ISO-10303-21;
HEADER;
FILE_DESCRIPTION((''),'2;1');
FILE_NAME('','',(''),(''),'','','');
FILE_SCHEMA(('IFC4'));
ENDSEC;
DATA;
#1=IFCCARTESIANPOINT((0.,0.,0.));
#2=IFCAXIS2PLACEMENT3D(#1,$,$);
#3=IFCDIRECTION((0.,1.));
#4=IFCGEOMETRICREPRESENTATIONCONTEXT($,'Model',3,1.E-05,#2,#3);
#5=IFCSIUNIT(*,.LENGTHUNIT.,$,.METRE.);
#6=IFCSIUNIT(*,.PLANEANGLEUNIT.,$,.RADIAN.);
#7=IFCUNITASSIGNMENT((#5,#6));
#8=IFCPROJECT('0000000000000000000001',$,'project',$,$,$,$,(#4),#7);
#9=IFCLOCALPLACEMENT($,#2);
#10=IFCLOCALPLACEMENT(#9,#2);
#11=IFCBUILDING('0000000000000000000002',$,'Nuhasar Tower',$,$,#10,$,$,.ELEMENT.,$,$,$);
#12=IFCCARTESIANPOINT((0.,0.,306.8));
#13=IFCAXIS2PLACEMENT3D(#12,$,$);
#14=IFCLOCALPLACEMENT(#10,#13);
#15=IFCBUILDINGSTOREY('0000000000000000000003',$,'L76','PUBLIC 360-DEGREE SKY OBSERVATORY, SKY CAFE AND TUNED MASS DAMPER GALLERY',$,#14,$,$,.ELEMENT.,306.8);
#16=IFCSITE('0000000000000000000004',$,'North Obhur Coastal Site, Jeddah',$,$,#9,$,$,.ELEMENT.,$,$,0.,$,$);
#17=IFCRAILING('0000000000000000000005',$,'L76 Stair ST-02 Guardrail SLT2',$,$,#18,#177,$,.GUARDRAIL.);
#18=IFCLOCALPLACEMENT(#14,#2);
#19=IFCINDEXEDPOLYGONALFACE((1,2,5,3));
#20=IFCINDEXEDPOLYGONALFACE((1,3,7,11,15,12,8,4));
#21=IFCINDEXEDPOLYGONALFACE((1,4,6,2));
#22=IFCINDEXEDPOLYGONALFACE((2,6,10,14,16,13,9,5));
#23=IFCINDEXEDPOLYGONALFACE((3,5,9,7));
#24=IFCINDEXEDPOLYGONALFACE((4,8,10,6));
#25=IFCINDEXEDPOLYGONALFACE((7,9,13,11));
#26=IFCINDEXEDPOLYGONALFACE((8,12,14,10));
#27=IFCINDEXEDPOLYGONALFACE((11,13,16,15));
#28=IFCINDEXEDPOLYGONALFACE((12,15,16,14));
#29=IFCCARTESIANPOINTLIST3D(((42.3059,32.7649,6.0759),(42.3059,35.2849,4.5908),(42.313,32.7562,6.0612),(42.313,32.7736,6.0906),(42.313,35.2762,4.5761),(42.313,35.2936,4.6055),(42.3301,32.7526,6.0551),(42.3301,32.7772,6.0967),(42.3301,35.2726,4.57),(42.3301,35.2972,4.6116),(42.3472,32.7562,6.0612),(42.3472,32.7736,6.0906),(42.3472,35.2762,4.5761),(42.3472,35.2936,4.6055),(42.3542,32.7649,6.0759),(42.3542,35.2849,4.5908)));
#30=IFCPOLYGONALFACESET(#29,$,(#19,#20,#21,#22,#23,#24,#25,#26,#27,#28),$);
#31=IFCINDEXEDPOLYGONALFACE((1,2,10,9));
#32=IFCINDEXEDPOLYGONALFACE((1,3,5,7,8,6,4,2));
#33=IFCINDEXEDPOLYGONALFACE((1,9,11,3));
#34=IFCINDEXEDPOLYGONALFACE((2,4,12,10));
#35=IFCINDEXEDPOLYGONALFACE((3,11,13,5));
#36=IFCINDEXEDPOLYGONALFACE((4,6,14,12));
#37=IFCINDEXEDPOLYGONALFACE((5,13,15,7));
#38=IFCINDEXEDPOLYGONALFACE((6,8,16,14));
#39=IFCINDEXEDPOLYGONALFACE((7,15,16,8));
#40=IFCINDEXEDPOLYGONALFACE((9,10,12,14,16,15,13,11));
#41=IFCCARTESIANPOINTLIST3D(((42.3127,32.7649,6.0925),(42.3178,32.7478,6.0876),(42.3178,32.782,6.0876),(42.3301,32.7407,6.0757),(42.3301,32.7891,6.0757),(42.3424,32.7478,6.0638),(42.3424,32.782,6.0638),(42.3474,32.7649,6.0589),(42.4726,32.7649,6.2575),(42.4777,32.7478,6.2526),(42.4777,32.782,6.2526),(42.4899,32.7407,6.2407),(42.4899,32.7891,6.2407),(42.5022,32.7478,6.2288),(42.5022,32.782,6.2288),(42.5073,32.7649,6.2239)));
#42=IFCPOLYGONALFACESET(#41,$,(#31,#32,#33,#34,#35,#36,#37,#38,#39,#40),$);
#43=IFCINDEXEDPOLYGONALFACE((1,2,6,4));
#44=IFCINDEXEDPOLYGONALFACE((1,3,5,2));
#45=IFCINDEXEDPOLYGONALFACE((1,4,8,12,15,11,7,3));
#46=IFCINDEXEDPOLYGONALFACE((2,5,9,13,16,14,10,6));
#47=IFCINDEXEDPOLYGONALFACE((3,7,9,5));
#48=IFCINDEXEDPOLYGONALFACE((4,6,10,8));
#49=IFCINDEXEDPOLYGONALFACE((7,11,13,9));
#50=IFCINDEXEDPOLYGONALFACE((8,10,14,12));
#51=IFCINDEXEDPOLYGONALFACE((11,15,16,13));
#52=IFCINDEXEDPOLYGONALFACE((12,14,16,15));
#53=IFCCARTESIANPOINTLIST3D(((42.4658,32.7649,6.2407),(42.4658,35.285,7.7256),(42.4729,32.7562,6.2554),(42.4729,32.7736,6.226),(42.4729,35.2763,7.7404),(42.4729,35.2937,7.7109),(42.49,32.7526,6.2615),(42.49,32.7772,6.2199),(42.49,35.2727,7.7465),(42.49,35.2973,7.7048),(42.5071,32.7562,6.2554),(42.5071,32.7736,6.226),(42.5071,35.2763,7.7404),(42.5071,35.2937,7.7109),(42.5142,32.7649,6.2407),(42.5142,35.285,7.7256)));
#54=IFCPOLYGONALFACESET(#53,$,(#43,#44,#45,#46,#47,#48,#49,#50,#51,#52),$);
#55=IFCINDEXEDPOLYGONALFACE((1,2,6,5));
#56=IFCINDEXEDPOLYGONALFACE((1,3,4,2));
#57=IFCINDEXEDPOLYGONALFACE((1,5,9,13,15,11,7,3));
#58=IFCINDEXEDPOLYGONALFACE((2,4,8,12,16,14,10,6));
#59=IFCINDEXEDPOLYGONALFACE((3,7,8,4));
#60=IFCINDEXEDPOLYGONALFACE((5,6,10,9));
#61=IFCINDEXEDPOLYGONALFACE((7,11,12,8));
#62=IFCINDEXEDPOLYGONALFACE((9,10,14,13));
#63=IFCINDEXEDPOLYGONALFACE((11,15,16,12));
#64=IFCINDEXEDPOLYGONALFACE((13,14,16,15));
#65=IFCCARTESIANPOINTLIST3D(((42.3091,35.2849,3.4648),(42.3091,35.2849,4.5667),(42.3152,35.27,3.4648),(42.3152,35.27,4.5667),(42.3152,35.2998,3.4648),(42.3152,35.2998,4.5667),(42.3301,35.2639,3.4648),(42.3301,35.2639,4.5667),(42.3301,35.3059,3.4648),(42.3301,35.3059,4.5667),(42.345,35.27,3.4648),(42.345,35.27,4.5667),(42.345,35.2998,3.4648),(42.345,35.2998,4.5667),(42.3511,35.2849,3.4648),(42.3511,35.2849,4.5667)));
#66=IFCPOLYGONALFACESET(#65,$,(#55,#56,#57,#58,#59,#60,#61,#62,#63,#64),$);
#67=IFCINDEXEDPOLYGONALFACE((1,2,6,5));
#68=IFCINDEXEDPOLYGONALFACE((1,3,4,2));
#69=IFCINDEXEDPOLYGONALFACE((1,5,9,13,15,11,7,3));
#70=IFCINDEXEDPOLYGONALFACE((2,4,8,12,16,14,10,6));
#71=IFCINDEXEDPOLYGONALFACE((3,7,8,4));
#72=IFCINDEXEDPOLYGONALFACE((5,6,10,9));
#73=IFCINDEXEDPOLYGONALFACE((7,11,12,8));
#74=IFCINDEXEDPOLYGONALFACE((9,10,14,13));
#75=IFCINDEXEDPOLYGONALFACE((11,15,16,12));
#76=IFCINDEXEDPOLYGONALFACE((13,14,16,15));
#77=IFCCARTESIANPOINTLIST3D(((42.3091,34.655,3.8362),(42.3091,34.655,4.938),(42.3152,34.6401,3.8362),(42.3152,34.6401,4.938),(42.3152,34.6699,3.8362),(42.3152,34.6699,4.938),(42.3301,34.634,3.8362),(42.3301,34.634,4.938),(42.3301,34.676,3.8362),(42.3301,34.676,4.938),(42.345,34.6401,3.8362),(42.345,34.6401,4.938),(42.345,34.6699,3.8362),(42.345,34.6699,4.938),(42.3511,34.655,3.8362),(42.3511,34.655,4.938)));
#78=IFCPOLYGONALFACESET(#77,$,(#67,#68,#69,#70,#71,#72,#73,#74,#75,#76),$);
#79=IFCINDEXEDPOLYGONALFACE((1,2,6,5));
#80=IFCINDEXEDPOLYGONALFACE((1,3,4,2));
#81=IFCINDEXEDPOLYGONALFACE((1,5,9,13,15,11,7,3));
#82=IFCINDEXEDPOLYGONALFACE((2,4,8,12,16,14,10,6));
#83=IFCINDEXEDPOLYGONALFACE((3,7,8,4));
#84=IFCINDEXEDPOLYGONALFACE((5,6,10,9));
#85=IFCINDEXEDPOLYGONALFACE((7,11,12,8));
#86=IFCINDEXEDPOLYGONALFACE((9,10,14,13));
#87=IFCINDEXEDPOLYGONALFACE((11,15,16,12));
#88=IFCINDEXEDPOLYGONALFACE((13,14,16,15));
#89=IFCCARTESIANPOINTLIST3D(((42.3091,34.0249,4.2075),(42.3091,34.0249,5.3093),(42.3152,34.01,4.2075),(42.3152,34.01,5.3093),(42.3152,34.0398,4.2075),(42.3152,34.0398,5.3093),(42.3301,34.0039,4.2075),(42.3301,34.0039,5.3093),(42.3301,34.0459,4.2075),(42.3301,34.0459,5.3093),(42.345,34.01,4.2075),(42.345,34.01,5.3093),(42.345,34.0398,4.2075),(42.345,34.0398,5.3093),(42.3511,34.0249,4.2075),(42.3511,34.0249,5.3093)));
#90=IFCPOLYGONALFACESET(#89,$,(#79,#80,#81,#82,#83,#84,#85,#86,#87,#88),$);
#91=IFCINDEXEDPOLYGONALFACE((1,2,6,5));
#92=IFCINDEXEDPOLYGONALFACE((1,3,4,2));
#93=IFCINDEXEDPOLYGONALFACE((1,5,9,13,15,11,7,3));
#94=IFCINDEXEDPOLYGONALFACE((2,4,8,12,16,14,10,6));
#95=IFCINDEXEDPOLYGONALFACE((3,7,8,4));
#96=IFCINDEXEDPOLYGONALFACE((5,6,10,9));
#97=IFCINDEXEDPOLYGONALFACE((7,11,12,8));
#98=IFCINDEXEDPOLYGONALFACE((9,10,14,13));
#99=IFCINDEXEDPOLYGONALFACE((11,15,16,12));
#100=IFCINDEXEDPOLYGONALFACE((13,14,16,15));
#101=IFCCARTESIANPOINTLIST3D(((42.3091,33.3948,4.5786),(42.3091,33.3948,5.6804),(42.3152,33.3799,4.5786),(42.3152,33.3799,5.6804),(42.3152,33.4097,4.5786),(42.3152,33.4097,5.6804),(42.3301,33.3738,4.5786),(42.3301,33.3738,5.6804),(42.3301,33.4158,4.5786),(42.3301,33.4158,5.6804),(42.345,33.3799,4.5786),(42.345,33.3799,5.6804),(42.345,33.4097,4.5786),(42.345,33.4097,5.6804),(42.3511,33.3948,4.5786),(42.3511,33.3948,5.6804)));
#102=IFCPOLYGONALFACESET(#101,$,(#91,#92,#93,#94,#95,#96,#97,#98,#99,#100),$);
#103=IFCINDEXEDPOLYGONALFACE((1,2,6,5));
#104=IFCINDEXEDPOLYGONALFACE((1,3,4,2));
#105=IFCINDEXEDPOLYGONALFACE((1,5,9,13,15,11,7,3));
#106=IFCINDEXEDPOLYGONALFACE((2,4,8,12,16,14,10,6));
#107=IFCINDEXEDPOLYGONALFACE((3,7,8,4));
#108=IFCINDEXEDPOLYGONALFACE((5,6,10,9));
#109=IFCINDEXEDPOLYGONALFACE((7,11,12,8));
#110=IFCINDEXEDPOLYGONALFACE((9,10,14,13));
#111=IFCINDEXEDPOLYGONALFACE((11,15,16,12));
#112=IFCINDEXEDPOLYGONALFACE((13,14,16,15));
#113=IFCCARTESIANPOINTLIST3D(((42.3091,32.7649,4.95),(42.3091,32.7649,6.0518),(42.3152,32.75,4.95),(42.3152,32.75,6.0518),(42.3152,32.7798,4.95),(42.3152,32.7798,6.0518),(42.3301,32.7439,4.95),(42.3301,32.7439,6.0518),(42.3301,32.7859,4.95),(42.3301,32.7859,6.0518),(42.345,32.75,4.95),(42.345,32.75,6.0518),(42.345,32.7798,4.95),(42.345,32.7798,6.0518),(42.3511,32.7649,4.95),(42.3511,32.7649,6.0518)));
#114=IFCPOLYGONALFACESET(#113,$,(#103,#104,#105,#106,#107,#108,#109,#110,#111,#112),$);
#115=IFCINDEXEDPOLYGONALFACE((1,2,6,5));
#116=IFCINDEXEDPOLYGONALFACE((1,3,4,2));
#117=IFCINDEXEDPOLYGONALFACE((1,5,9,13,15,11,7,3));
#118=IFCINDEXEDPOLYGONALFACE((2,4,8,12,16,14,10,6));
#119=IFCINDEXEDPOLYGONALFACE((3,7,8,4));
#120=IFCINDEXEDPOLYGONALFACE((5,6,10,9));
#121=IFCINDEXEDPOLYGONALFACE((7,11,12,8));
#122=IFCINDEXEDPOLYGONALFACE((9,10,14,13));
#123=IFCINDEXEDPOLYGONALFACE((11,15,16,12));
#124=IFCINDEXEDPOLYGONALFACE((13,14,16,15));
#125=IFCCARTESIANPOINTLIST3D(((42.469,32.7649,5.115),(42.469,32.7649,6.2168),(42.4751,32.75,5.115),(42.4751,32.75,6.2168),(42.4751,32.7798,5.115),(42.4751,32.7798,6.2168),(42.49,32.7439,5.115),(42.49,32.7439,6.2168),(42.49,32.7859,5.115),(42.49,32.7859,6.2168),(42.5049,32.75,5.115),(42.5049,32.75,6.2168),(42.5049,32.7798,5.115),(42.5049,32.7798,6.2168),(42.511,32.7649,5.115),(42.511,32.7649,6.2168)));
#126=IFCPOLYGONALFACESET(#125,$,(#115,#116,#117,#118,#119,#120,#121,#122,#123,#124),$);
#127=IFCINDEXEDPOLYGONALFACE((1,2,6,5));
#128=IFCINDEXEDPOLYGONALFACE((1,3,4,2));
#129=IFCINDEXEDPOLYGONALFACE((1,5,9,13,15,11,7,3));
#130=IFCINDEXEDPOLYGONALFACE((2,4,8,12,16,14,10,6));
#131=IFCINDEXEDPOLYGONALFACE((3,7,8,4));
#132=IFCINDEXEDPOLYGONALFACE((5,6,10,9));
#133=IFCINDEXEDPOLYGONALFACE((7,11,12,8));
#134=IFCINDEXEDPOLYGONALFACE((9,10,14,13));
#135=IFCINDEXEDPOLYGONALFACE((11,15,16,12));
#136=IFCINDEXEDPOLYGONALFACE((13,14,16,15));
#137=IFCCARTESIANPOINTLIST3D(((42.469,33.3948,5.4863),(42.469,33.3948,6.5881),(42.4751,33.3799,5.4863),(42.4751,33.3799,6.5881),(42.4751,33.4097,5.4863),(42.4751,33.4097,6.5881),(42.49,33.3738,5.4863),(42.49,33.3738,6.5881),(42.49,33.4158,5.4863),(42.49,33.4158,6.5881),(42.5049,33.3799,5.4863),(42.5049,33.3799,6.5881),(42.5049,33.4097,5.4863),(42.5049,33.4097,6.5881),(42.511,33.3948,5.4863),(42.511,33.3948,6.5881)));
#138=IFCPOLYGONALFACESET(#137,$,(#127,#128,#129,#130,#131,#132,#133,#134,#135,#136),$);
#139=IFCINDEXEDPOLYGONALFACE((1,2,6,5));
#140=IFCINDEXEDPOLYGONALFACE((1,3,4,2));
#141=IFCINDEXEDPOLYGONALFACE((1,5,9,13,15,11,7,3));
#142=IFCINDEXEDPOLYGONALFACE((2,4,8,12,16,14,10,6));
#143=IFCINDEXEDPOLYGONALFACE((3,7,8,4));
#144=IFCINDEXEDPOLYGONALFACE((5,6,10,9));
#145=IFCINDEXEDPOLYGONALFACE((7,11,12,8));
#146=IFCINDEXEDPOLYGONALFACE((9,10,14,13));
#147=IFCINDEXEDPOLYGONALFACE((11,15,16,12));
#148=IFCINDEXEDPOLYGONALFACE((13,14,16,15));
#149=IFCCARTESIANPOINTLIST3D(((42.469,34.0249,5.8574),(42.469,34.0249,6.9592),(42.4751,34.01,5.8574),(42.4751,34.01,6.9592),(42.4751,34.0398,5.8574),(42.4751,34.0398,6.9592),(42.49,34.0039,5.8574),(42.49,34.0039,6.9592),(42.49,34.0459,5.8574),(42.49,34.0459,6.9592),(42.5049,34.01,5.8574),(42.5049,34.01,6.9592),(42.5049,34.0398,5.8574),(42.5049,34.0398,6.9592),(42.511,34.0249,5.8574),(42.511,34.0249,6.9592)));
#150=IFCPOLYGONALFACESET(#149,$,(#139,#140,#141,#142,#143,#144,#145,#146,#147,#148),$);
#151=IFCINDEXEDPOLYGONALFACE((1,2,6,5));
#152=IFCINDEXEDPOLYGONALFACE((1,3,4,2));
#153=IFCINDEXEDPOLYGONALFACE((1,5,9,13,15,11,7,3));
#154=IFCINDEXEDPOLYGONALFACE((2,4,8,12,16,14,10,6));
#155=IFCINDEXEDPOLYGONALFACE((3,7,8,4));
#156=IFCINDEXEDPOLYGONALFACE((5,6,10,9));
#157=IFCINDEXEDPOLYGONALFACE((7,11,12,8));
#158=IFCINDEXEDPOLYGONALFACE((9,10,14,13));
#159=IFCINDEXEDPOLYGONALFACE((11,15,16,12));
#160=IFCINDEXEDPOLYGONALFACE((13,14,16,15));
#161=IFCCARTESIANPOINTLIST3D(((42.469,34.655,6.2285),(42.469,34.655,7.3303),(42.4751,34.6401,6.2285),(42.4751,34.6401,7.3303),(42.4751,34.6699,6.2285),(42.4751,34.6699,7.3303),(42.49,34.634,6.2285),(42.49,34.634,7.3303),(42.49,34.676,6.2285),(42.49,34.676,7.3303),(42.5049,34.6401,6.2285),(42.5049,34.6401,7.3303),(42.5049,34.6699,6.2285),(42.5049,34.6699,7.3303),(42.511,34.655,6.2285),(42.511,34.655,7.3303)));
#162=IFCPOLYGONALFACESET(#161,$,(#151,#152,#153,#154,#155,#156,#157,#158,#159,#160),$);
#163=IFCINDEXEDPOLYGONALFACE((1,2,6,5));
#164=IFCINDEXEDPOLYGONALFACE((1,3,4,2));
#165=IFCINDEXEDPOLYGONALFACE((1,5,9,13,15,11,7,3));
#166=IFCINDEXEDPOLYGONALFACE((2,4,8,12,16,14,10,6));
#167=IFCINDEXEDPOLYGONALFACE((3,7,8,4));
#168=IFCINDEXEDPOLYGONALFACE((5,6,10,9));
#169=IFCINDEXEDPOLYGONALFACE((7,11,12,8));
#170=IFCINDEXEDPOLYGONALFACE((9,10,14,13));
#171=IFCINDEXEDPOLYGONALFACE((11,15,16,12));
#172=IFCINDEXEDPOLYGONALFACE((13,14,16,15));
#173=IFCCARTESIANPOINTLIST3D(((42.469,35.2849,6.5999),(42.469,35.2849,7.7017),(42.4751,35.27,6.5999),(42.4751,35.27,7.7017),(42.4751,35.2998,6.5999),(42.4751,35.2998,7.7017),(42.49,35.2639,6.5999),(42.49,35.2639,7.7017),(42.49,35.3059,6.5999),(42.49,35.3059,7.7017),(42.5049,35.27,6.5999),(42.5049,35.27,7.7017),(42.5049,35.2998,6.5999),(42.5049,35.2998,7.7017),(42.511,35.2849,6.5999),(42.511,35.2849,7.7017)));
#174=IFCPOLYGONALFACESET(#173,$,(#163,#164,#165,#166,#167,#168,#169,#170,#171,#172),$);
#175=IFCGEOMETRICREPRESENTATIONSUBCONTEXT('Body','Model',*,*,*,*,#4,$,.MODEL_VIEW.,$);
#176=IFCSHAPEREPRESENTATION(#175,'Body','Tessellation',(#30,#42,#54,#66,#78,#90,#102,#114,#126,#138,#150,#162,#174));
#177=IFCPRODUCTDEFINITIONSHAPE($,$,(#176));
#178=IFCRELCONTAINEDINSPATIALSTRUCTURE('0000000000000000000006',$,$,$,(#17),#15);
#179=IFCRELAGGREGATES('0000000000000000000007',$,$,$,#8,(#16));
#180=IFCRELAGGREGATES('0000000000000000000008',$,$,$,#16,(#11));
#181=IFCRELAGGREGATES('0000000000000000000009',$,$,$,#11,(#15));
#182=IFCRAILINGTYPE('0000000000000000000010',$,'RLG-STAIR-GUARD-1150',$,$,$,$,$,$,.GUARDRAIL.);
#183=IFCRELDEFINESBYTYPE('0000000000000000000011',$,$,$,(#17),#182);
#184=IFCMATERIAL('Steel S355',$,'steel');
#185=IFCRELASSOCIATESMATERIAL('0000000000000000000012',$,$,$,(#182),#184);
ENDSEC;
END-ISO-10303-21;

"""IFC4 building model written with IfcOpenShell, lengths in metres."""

from ifc_helpers import new_model, si_unit, direction, frame, origin, place, context, subcontext, project, spatial, polyline, outline, extrude, material, type_object, element, save


model = new_model("IFC4")

# Units and contexts
model_context = context("Model", 3, precision=1e-05, world=origin(), true_north=direction((0.0, 1.0)))
body_context = subcontext(model_context, "Body", "Model", "MODEL_VIEW")
ifc_project = project(units=[si_unit("LENGTHUNIT", "METRE"), si_unit("PLANEANGLEUNIT", "RADIAN")], contexts=[model_context])

# Site, building, storey
site_placement = place(None, origin())
site = spatial("IfcSite", under=ifc_project, at=site_placement, Name="North Obhur Coastal Site, Jeddah", CompositionType="ELEMENT", RefElevation=0.0)
building_placement = place(site_placement, origin())
building = spatial("IfcBuilding", under=site, at=building_placement, Name="Nuhasar Tower", CompositionType="ELEMENT")
storey_placement = place(building_placement, frame((0.0, 0.0, 306.8)))
storey = spatial("IfcBuildingStorey", under=building, at=storey_placement, Name="L76", Description="PUBLIC 360-DEGREE SKY OBSERVATORY, SKY CAFE AND TUNED MASS DAMPER GALLERY", CompositionType="ELEMENT", Elevation=306.8)

# Shared definitions
ifc_material_1 = material(Name="Steel S355", Category="steel")

# Railing
railing_type_1 = type_object("IfcRailingType", Name="RLG-STAIR-GUARD-1150", PredefinedType="GUARDRAIL", material=ifc_material_1)
railing_1_placement = place(storey_placement, frame((42.3301, 35.2849, 3.4648)))
element("IfcRailing", 1, at=railing_1_placement, inside=storey, type_object=railing_type_1, Name="L76 Stair ST-02 Guardrail SLT2", PredefinedType="GUARDRAIL", context=body_context, shape_type="SweptSolid", body=[
    extrude(outline(polyline([(0.0242, 0.0), (0.0171, 0.0171), (0.0, 0.0242), (-0.0171, 0.0171), (-0.0242, 0.0), (-0.0171, -0.0171), (0.0, -0.0242), (0.0171, -0.0171), (0.0242, 0.0)])), frame((0.0, 0.0, 1.126), z_axis=(0.0, -0.861524, 0.507717), x_axis=(1.0, 0.0, 0.0)), (0.0, 0.0, 1.0), 2.925),
    extrude(outline(polyline([(0.0242, 0.0), (0.0171, 0.0171), (0.0, 0.0242), (-0.0171, 0.0171), (-0.0242, 0.0), (-0.0171, -0.0171), (0.0, -0.0242), (0.0171, -0.0171), (0.0242, 0.0)])), frame((0.0, -2.52, 2.6108), z_axis=(0.695864, 0.0, 0.718174), x_axis=(0.0, 1.0, 0.0)), (0.0, 0.0, 1.0), 0.2297),
    extrude(outline(polyline([(0.0242, 0.0), (0.0171, 0.0171), (0.0, 0.0242), (-0.0171, 0.0171), (-0.0242, 0.0), (-0.0171, -0.0171), (0.0, -0.0242), (0.0171, -0.0171), (0.0242, 0.0)])), frame((0.1599, -2.52, 2.7759), z_axis=(0.0, 0.861561, 0.507655), x_axis=(-1.0, 0.0, 0.0)), (0.0, 0.0, 1.0), 2.925),
    extrude(outline(polyline([(0.021, 0.0), (0.0149, 0.0149), (0.0, 0.021), (-0.0149, 0.0149), (-0.021, 0.0), (-0.0149, -0.0149), (0.0, -0.021), (0.0149, -0.0149), (0.021, 0.0)])), origin(), (0.0, 0.0, 1.0), 1.1018),
    extrude(outline(polyline([(0.021, 0.0), (0.0149, 0.0149), (0.0, 0.021), (-0.0149, 0.0149), (-0.021, 0.0), (-0.0149, -0.0149), (0.0, -0.021), (0.0149, -0.0149), (0.021, 0.0)])), frame((0.0, -0.6299, 0.3713)), (0.0, 0.0, 1.0), 1.1018),
    extrude(outline(polyline([(0.021, 0.0), (0.0149, 0.0149), (0.0, 0.021), (-0.0149, 0.0149), (-0.021, 0.0), (-0.0149, -0.0149), (0.0, -0.021), (0.0149, -0.0149), (0.021, 0.0)])), frame((0.0, -1.26, 0.7427)), (0.0, 0.0, 1.0), 1.1018),
    extrude(outline(polyline([(0.021, 0.0), (0.0149, 0.0149), (0.0, 0.021), (-0.0149, 0.0149), (-0.021, 0.0), (-0.0149, -0.0149), (0.0, -0.021), (0.0149, -0.0149), (0.021, 0.0)])), frame((0.0, -1.8901, 1.1138)), (0.0, 0.0, 1.0), 1.1018),
    extrude(outline(polyline([(0.021, 0.0), (0.0149, 0.0149), (0.0, 0.021), (-0.0149, 0.0149), (-0.021, 0.0), (-0.0149, -0.0149), (0.0, -0.021), (0.0149, -0.0149), (0.021, 0.0)])), frame((0.0, -2.52, 1.4851)), (0.0, 0.0, 1.0), 1.1018),
    extrude(outline(polyline([(0.021, 0.0), (0.0149, 0.0149), (0.0, 0.021), (-0.0149, 0.0149), (-0.021, 0.0), (-0.0149, -0.0149), (0.0, -0.021), (0.0149, -0.0149), (0.021, 0.0)])), frame((0.1599, -2.52, 1.6501)), (0.0, 0.0, 1.0), 1.1018),
    extrude(outline(polyline([(0.021, 0.0), (0.0149, 0.0149), (0.0, 0.021), (-0.0149, 0.0149), (-0.021, 0.0), (-0.0149, -0.0149), (0.0, -0.021), (0.0149, -0.0149), (0.021, 0.0)])), frame((0.1599, -1.8901, 2.0215)), (0.0, 0.0, 1.0), 1.1018),
    extrude(outline(polyline([(0.021, 0.0), (0.0149, 0.0149), (0.0, 0.021), (-0.0149, 0.0149), (-0.021, 0.0), (-0.0149, -0.0149), (0.0, -0.021), (0.0149, -0.0149), (0.021, 0.0)])), frame((0.1599, -1.26, 2.3926)), (0.0, 0.0, 1.0), 1.1018),
    extrude(outline(polyline([(0.021, 0.0), (0.0149, 0.0149), (0.0, 0.021), (-0.0149, 0.0149), (-0.021, 0.0), (-0.0149, -0.0149), (0.0, -0.021), (0.0149, -0.0149), (0.021, 0.0)])), frame((0.1599, -0.6299, 2.7637)), (0.0, 0.0, 1.0), 1.1018),
    extrude(outline(polyline([(0.021, 0.0), (0.0149, 0.0149), (0.0, 0.021), (-0.0149, 0.0149), (-0.021, 0.0), (-0.0149, -0.0149), (0.0, -0.021), (0.0149, -0.0149), (0.021, 0.0)])), frame((0.1599, 0.0, 3.135)), (0.0, 0.0, 1.0), 1.1018),
])

save(model, "model.ifc")
